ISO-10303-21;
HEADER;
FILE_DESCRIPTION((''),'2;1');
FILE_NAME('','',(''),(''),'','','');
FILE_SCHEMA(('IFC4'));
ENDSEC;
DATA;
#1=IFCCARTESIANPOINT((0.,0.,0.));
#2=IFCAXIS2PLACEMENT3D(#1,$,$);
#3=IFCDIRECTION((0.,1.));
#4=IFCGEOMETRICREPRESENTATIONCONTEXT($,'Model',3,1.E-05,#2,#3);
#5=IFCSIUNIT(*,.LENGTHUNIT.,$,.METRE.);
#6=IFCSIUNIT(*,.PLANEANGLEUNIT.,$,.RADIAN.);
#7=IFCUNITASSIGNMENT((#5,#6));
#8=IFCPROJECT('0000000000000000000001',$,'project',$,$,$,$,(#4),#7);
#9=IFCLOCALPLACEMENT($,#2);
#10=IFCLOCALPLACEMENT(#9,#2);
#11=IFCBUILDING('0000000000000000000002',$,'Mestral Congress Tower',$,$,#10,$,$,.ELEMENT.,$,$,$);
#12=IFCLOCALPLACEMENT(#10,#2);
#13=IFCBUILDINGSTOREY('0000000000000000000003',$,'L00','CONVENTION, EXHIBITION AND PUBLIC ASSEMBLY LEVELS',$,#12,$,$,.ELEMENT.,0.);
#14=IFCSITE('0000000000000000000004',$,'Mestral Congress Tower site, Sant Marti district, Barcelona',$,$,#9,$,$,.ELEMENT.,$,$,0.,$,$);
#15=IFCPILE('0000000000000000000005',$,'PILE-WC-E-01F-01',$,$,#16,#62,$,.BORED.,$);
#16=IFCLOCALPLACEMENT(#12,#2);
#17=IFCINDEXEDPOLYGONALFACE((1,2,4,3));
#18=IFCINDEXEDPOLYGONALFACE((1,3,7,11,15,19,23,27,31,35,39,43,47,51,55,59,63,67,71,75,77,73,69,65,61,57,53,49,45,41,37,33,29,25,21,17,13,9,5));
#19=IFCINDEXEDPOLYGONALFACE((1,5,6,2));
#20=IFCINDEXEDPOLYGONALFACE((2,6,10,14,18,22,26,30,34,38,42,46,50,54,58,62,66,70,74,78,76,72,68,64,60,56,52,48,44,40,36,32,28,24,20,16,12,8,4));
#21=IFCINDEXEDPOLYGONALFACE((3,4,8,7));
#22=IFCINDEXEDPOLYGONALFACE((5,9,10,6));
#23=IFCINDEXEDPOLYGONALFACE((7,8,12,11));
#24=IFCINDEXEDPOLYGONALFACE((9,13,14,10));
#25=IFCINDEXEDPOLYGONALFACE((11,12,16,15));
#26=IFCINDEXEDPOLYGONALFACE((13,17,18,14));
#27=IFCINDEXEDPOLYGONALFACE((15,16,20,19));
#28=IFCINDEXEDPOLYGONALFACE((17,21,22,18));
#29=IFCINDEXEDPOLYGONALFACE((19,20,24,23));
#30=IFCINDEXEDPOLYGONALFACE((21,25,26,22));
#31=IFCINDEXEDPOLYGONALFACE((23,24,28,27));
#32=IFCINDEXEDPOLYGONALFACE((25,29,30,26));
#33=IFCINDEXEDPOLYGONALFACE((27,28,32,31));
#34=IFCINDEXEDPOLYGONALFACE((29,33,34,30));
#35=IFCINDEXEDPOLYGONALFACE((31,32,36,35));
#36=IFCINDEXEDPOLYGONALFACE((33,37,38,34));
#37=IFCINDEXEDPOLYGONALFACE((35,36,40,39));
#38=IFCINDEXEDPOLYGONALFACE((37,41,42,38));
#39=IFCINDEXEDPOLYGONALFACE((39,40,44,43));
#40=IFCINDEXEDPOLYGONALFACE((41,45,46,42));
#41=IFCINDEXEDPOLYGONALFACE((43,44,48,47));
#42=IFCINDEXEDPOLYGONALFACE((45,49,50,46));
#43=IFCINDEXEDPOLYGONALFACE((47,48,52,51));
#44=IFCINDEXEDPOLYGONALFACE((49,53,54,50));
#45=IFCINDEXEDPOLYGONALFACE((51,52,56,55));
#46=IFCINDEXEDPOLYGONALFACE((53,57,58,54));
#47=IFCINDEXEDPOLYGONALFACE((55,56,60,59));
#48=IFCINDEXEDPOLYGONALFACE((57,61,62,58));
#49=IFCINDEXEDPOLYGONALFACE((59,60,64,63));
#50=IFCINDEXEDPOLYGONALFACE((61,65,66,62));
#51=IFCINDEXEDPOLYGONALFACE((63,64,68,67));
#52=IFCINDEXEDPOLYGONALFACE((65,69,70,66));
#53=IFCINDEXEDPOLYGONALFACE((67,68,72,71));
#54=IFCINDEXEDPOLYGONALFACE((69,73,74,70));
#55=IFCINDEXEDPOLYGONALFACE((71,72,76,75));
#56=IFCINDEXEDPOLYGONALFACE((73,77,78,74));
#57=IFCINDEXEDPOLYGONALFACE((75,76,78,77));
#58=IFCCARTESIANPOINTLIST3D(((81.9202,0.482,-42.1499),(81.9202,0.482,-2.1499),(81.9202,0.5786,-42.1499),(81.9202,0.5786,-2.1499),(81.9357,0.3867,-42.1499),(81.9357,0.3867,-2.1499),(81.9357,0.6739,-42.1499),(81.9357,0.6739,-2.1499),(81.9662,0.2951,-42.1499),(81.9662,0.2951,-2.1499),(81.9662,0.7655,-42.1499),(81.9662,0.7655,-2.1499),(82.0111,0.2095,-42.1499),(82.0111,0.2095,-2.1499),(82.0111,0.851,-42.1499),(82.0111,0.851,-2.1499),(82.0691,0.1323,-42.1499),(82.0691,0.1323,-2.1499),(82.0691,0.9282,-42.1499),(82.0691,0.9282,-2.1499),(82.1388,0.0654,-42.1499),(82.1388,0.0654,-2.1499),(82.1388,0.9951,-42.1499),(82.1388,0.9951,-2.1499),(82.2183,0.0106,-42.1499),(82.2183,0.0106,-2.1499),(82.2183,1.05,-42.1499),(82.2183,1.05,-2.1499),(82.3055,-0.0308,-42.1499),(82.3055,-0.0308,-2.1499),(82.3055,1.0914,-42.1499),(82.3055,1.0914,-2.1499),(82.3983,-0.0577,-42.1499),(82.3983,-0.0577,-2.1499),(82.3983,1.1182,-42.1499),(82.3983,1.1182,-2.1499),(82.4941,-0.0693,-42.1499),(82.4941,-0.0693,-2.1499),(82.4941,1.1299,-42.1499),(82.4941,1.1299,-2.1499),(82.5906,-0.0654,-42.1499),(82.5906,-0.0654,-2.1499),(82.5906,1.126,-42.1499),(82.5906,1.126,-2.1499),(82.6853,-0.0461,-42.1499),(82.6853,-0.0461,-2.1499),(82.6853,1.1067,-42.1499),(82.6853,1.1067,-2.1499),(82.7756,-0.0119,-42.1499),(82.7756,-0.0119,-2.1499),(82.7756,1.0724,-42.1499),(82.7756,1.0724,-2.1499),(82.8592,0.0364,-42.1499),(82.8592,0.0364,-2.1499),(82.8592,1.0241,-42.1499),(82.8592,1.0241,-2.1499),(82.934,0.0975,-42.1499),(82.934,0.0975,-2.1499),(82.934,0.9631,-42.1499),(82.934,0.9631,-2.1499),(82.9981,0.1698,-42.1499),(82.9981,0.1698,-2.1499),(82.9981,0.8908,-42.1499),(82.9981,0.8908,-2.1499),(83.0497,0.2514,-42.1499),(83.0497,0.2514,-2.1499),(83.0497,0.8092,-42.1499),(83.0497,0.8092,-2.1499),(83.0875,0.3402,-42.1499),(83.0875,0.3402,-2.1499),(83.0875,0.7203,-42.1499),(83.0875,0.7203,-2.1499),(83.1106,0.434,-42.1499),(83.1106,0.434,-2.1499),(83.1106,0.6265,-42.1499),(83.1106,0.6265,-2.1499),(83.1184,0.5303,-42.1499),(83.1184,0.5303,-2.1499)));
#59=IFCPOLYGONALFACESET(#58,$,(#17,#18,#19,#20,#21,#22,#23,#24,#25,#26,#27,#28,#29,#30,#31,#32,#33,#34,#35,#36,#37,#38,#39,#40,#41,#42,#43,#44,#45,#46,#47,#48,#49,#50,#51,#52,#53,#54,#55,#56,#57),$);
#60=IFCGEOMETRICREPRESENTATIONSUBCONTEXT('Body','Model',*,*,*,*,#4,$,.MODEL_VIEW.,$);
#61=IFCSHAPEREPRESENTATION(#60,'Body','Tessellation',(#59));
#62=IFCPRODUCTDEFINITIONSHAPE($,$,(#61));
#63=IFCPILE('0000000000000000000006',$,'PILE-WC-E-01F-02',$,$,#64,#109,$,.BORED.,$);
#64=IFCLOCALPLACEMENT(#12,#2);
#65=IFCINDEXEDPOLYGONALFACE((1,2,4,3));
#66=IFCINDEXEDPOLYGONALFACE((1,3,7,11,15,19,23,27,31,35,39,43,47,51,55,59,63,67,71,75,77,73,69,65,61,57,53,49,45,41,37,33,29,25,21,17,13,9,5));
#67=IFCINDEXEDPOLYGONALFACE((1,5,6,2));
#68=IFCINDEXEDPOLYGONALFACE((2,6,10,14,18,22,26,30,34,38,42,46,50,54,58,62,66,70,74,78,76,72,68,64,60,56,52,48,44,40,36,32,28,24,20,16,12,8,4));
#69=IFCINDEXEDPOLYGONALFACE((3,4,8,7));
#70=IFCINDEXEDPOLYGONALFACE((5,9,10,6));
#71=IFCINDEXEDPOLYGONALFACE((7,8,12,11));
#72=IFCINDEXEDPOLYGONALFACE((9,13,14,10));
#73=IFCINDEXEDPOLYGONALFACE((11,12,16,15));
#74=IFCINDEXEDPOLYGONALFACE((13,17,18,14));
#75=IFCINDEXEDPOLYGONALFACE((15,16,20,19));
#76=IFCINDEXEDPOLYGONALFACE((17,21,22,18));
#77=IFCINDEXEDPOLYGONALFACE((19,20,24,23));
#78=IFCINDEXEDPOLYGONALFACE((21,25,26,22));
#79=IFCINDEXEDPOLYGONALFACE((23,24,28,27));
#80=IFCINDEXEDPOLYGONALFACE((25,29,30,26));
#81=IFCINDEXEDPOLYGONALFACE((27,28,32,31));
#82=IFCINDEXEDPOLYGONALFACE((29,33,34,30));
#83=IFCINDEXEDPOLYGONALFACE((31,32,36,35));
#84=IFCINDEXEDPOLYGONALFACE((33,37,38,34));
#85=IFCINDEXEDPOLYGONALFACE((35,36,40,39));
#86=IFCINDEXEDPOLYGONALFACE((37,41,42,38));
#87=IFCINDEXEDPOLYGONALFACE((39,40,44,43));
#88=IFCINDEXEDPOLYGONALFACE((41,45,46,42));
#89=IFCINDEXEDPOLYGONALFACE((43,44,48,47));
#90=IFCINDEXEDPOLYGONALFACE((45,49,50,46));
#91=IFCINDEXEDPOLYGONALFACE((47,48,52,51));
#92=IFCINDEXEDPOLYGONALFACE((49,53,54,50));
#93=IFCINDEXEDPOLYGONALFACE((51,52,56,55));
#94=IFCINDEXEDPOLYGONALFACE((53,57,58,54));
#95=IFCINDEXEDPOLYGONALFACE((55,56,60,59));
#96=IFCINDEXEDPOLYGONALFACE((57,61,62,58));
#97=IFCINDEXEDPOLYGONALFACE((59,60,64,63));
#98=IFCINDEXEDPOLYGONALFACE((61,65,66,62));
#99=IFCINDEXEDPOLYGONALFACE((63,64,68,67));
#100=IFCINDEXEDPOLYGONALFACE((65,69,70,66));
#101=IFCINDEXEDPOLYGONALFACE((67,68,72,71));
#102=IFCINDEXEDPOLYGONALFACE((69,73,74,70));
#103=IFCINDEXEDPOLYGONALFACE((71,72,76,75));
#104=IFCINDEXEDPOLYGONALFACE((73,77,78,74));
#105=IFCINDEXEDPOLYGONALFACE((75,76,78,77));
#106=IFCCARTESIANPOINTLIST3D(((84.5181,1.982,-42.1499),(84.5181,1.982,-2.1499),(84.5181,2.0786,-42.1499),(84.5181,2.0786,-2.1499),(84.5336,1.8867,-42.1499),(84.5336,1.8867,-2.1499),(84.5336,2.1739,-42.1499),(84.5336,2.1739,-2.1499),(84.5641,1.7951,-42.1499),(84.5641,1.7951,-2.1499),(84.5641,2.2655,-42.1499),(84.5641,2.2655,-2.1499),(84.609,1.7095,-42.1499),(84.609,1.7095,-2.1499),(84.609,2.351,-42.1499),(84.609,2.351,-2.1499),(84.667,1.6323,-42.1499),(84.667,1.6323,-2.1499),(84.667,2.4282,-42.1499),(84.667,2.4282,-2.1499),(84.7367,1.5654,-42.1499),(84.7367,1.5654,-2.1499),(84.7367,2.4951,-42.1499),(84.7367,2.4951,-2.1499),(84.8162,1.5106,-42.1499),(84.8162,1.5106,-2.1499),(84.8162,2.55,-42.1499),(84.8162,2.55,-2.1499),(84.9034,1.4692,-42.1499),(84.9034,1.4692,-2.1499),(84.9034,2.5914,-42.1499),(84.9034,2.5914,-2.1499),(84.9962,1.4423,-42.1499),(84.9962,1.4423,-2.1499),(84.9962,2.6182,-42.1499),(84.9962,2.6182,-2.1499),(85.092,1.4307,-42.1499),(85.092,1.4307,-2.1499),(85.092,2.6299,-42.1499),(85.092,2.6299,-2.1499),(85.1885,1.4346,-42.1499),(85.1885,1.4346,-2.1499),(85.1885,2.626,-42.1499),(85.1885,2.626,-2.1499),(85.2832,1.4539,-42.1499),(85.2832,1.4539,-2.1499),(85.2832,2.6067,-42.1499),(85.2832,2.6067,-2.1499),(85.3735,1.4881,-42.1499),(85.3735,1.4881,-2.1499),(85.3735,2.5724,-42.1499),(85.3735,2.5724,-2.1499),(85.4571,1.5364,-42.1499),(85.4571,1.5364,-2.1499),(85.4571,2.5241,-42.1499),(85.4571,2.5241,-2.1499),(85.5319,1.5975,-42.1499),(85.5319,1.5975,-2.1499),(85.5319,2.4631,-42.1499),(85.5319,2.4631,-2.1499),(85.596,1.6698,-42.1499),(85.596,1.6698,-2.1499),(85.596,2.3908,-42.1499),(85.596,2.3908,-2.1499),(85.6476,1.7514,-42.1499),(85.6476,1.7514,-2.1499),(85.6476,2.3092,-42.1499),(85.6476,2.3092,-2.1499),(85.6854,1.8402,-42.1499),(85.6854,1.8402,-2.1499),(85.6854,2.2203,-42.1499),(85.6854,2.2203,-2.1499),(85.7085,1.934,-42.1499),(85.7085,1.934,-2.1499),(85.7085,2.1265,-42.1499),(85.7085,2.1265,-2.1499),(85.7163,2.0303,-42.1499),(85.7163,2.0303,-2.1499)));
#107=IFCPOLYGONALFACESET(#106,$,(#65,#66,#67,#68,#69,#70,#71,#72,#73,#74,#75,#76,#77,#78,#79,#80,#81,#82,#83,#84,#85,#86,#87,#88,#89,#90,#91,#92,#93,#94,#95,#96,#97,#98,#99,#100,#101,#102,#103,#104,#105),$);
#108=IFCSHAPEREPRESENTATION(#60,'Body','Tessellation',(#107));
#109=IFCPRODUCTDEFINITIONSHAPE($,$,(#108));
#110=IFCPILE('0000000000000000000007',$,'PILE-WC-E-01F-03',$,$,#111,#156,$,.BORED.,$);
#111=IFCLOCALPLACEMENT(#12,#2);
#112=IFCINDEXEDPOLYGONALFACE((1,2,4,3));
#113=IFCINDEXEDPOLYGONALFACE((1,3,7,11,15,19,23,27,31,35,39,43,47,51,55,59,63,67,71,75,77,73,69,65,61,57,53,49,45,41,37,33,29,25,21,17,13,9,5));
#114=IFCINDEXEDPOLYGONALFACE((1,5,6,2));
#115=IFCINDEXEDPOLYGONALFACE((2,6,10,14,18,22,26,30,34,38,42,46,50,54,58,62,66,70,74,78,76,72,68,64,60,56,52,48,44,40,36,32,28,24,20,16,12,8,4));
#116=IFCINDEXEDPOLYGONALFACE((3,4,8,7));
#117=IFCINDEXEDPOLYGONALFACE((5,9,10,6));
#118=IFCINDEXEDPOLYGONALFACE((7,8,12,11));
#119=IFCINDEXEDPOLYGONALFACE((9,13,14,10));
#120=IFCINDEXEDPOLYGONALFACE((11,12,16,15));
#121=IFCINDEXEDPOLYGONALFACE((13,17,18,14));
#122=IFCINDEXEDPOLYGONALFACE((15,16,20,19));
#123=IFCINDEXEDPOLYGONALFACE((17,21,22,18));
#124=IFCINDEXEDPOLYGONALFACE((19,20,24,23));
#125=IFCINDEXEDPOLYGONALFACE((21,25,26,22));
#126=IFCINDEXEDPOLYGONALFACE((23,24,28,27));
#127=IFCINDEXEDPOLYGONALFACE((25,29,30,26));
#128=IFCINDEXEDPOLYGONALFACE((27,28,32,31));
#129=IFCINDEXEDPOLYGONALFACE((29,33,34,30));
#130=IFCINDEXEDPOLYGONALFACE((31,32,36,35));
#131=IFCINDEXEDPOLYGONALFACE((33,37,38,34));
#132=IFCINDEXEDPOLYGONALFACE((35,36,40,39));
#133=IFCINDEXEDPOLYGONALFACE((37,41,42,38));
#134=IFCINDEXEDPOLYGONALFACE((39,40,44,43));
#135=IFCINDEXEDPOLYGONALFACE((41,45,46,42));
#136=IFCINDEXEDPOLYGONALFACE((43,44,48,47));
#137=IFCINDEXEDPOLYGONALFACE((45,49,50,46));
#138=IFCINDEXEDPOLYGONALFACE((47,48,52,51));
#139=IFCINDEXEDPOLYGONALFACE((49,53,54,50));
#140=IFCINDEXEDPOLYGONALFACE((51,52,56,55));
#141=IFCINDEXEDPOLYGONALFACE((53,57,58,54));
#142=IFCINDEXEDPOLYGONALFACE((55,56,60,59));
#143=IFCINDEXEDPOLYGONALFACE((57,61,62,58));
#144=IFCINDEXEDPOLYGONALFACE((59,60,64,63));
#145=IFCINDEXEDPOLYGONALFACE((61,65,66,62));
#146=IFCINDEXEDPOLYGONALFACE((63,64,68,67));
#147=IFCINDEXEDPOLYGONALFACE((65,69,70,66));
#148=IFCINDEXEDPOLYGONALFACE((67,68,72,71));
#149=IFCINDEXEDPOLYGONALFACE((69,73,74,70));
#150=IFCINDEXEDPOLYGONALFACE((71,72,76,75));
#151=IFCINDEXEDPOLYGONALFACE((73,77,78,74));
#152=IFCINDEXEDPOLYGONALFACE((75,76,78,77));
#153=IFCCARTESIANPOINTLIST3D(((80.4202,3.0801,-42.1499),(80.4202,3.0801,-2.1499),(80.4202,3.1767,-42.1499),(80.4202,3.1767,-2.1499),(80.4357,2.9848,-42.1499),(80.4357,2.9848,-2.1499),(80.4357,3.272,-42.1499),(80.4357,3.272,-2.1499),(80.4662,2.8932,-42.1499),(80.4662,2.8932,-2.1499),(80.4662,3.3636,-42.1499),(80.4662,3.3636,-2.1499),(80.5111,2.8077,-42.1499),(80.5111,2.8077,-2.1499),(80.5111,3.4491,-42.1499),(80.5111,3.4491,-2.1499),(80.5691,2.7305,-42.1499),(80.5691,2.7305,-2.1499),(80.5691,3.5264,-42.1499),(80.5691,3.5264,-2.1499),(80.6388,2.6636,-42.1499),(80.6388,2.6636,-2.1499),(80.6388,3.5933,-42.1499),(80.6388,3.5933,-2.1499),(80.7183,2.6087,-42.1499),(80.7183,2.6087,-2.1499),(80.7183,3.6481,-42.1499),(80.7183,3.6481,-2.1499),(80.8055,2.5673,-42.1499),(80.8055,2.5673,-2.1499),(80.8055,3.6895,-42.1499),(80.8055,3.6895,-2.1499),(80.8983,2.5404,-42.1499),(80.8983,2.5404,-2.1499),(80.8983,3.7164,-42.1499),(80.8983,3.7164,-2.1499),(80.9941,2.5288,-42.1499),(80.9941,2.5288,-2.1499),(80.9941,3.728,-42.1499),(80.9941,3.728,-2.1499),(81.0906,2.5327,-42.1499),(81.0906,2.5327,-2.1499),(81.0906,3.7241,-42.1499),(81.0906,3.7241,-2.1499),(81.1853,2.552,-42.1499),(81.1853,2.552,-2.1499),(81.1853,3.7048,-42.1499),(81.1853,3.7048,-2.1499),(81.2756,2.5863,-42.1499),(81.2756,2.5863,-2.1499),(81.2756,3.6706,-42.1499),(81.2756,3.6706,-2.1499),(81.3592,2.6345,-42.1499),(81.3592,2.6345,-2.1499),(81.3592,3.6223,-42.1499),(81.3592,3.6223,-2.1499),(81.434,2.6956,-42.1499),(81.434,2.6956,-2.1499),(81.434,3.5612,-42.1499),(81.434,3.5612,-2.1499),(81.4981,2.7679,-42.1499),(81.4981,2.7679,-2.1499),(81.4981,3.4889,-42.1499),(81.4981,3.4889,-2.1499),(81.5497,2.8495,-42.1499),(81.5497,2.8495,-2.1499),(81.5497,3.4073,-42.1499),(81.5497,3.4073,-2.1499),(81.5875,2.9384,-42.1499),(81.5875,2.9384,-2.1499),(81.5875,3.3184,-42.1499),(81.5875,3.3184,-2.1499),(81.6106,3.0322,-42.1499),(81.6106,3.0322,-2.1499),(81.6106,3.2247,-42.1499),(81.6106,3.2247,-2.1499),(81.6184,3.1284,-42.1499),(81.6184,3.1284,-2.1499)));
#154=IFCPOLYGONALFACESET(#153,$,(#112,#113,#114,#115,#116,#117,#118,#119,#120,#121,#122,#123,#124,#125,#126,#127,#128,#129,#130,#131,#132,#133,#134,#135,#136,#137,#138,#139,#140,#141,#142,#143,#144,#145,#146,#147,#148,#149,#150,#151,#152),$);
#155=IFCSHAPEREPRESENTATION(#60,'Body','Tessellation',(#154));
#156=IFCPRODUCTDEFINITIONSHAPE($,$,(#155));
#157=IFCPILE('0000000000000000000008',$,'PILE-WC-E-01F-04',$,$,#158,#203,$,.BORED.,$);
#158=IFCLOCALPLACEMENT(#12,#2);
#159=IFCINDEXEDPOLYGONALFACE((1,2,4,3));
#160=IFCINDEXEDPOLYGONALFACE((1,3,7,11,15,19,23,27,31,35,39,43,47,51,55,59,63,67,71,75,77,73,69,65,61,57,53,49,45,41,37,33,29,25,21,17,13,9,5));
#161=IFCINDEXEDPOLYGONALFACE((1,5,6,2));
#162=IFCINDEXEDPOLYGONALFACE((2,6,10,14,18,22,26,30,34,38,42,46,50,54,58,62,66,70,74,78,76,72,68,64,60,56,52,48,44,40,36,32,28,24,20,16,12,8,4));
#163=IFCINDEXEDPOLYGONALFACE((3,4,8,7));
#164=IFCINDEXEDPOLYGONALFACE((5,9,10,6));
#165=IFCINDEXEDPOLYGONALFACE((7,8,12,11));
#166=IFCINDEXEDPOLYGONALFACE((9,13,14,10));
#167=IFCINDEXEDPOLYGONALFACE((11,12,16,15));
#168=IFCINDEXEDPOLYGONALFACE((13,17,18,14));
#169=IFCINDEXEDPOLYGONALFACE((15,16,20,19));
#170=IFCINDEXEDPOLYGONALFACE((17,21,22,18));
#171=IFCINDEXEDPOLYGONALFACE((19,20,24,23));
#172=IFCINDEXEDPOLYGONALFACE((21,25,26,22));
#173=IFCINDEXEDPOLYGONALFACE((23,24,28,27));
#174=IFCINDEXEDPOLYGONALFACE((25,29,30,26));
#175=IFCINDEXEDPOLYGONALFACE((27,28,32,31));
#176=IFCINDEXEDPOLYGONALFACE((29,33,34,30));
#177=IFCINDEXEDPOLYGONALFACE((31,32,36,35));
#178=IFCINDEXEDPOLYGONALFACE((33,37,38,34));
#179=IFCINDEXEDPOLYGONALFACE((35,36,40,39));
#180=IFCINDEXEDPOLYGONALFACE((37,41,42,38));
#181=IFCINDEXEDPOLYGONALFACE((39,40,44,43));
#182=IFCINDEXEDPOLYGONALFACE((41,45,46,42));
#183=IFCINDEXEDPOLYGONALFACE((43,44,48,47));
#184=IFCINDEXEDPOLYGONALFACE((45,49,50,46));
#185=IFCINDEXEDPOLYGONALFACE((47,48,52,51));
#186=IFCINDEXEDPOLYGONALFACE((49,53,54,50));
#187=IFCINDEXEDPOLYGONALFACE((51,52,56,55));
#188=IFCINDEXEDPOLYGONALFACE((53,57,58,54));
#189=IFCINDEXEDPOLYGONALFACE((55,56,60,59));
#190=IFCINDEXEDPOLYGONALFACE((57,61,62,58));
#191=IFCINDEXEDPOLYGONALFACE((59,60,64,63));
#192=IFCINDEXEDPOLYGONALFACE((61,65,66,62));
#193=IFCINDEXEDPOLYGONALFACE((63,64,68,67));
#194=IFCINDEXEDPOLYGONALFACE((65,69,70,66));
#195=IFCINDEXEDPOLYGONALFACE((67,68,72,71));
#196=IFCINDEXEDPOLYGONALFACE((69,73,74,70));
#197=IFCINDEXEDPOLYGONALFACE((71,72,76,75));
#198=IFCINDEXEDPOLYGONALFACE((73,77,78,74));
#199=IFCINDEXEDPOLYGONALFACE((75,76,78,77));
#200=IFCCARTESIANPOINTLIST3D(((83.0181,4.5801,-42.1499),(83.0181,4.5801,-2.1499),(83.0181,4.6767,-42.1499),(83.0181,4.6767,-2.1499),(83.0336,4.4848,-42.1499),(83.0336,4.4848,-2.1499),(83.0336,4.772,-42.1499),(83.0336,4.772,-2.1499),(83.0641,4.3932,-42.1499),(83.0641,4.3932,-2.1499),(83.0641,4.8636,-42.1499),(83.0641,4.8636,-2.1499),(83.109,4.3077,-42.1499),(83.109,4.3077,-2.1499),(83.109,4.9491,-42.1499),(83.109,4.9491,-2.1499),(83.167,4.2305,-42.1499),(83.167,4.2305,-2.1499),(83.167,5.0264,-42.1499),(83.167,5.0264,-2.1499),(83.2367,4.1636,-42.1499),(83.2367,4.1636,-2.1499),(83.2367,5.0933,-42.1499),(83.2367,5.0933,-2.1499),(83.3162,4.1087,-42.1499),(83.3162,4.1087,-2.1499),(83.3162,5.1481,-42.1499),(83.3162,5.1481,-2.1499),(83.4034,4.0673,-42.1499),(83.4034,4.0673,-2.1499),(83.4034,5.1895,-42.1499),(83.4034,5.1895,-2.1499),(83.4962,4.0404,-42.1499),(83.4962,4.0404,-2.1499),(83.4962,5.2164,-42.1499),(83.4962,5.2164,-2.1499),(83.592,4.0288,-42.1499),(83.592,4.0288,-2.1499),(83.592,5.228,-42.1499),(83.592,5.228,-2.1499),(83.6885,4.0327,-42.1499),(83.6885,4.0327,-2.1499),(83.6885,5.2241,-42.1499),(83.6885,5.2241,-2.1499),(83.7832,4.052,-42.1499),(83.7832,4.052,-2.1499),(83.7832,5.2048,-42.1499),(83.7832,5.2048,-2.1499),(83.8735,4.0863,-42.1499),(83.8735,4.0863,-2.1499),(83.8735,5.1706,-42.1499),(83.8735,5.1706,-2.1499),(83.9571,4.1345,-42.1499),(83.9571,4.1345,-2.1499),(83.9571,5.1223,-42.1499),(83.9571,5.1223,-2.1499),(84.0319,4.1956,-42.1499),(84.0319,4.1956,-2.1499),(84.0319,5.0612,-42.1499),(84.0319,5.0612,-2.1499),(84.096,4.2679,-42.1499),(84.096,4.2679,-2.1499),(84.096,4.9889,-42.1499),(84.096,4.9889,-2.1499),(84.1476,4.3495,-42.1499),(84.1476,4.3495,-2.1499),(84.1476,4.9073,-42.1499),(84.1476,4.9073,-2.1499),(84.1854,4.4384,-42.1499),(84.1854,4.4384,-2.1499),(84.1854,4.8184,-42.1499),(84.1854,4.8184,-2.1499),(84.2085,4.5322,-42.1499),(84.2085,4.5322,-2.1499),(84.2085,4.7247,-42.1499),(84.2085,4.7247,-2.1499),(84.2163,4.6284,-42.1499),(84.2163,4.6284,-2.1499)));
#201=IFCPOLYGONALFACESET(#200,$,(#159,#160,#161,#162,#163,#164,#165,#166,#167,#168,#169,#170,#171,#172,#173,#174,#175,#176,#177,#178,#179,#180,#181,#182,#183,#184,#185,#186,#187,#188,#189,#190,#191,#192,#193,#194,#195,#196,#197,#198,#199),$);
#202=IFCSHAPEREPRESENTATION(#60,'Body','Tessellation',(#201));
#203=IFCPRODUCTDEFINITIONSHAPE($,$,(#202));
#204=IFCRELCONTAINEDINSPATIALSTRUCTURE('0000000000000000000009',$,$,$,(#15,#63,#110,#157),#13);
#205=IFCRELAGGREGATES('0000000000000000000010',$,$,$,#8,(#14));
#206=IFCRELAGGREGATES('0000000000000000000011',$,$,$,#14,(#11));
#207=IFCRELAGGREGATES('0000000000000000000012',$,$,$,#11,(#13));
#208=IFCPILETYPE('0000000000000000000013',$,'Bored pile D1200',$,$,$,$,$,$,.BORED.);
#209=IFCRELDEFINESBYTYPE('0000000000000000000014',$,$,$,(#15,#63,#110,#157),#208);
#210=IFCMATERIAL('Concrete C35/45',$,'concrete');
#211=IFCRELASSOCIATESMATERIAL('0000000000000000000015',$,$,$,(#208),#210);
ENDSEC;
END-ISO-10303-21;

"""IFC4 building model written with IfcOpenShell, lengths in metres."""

from ifc_helpers import new_model, si_unit, direction, frame, origin, origin_2d, place, context, subcontext, project, spatial, circle, extrude, material, material_profile, profile_set, type_object, element, save


model = new_model("IFC4")

# Units and contexts
model_context = context("Model", 3, precision=1e-05, world=origin(), true_north=direction((0.0, 1.0)))
body_context = subcontext(model_context, "Body", "Model", "MODEL_VIEW")
ifc_project = project(units=[si_unit("LENGTHUNIT", "METRE"), si_unit("PLANEANGLEUNIT", "RADIAN")], contexts=[model_context])

# Site, building, storey
site_placement = place(None, origin())
site = spatial("IfcSite", under=ifc_project, at=site_placement, Name="Mestral Congress Tower site, Sant Marti district, Barcelona", CompositionType="ELEMENT", RefElevation=0.0)
building_placement = place(site_placement, origin())
building = spatial("IfcBuilding", under=site, at=building_placement, Name="Mestral Congress Tower", CompositionType="ELEMENT")
storey_placement = place(building_placement, origin())
storey = spatial("IfcBuildingStorey", under=building, at=storey_placement, Name="L00", Description="CONVENTION, EXHIBITION AND PUBLIC ASSEMBLY LEVELS", CompositionType="ELEMENT", Elevation=0.0)

# Piles
ifc_material_1 = material(Name="Concrete C35/45", Category="concrete")
ifc_material_profile_1 = material_profile(ifc_material_1, circle(Radius=0.6001, at=origin_2d()), Name="D1200")
ifc_profile_set_1 = profile_set([ifc_material_profile_1], Name="Concrete C35/45")
pile_type = type_object("IfcPileType", Name="Bored pile D1200", PredefinedType="BORED", material=ifc_profile_set_1)
for number, where, z_axis, x_axis, name in (
    (1, (82.5183, 0.5303, -2.1499), (0.0, 0.0, -1.0), (1.0, 0.0, 0.0), "PILE-WC-E-01F-01"),
    (2, (85.1162, 2.0303, -2.1499), (0.0, 0.0, -1.0), (1.0, 0.0, 0.0), "PILE-WC-E-01F-02"),
    (3, (81.0183, 3.1284, -2.1499), (0.0, 0.0, -1.0), (1.0, 0.0, 0.0), "PILE-WC-E-01F-03"),
    (4, (83.6162, 4.6284, -2.1499), (0.0, 0.0, -1.0), (1.0, 0.0, 0.0), "PILE-WC-E-01F-04"),
):
    element("IfcPile", number, at=place(storey_placement, frame(where, z_axis=z_axis, x_axis=x_axis)), inside=storey, type_object=pile_type, Name=name, PredefinedType="BORED", context=body_context, shape_type="SweptSolid", body=[
        extrude(circle(Radius=0.6001, at=origin_2d()), origin(), (0.0, 0.0, 1.0), 40.0),
    ])

save(model, "model.ifc")
